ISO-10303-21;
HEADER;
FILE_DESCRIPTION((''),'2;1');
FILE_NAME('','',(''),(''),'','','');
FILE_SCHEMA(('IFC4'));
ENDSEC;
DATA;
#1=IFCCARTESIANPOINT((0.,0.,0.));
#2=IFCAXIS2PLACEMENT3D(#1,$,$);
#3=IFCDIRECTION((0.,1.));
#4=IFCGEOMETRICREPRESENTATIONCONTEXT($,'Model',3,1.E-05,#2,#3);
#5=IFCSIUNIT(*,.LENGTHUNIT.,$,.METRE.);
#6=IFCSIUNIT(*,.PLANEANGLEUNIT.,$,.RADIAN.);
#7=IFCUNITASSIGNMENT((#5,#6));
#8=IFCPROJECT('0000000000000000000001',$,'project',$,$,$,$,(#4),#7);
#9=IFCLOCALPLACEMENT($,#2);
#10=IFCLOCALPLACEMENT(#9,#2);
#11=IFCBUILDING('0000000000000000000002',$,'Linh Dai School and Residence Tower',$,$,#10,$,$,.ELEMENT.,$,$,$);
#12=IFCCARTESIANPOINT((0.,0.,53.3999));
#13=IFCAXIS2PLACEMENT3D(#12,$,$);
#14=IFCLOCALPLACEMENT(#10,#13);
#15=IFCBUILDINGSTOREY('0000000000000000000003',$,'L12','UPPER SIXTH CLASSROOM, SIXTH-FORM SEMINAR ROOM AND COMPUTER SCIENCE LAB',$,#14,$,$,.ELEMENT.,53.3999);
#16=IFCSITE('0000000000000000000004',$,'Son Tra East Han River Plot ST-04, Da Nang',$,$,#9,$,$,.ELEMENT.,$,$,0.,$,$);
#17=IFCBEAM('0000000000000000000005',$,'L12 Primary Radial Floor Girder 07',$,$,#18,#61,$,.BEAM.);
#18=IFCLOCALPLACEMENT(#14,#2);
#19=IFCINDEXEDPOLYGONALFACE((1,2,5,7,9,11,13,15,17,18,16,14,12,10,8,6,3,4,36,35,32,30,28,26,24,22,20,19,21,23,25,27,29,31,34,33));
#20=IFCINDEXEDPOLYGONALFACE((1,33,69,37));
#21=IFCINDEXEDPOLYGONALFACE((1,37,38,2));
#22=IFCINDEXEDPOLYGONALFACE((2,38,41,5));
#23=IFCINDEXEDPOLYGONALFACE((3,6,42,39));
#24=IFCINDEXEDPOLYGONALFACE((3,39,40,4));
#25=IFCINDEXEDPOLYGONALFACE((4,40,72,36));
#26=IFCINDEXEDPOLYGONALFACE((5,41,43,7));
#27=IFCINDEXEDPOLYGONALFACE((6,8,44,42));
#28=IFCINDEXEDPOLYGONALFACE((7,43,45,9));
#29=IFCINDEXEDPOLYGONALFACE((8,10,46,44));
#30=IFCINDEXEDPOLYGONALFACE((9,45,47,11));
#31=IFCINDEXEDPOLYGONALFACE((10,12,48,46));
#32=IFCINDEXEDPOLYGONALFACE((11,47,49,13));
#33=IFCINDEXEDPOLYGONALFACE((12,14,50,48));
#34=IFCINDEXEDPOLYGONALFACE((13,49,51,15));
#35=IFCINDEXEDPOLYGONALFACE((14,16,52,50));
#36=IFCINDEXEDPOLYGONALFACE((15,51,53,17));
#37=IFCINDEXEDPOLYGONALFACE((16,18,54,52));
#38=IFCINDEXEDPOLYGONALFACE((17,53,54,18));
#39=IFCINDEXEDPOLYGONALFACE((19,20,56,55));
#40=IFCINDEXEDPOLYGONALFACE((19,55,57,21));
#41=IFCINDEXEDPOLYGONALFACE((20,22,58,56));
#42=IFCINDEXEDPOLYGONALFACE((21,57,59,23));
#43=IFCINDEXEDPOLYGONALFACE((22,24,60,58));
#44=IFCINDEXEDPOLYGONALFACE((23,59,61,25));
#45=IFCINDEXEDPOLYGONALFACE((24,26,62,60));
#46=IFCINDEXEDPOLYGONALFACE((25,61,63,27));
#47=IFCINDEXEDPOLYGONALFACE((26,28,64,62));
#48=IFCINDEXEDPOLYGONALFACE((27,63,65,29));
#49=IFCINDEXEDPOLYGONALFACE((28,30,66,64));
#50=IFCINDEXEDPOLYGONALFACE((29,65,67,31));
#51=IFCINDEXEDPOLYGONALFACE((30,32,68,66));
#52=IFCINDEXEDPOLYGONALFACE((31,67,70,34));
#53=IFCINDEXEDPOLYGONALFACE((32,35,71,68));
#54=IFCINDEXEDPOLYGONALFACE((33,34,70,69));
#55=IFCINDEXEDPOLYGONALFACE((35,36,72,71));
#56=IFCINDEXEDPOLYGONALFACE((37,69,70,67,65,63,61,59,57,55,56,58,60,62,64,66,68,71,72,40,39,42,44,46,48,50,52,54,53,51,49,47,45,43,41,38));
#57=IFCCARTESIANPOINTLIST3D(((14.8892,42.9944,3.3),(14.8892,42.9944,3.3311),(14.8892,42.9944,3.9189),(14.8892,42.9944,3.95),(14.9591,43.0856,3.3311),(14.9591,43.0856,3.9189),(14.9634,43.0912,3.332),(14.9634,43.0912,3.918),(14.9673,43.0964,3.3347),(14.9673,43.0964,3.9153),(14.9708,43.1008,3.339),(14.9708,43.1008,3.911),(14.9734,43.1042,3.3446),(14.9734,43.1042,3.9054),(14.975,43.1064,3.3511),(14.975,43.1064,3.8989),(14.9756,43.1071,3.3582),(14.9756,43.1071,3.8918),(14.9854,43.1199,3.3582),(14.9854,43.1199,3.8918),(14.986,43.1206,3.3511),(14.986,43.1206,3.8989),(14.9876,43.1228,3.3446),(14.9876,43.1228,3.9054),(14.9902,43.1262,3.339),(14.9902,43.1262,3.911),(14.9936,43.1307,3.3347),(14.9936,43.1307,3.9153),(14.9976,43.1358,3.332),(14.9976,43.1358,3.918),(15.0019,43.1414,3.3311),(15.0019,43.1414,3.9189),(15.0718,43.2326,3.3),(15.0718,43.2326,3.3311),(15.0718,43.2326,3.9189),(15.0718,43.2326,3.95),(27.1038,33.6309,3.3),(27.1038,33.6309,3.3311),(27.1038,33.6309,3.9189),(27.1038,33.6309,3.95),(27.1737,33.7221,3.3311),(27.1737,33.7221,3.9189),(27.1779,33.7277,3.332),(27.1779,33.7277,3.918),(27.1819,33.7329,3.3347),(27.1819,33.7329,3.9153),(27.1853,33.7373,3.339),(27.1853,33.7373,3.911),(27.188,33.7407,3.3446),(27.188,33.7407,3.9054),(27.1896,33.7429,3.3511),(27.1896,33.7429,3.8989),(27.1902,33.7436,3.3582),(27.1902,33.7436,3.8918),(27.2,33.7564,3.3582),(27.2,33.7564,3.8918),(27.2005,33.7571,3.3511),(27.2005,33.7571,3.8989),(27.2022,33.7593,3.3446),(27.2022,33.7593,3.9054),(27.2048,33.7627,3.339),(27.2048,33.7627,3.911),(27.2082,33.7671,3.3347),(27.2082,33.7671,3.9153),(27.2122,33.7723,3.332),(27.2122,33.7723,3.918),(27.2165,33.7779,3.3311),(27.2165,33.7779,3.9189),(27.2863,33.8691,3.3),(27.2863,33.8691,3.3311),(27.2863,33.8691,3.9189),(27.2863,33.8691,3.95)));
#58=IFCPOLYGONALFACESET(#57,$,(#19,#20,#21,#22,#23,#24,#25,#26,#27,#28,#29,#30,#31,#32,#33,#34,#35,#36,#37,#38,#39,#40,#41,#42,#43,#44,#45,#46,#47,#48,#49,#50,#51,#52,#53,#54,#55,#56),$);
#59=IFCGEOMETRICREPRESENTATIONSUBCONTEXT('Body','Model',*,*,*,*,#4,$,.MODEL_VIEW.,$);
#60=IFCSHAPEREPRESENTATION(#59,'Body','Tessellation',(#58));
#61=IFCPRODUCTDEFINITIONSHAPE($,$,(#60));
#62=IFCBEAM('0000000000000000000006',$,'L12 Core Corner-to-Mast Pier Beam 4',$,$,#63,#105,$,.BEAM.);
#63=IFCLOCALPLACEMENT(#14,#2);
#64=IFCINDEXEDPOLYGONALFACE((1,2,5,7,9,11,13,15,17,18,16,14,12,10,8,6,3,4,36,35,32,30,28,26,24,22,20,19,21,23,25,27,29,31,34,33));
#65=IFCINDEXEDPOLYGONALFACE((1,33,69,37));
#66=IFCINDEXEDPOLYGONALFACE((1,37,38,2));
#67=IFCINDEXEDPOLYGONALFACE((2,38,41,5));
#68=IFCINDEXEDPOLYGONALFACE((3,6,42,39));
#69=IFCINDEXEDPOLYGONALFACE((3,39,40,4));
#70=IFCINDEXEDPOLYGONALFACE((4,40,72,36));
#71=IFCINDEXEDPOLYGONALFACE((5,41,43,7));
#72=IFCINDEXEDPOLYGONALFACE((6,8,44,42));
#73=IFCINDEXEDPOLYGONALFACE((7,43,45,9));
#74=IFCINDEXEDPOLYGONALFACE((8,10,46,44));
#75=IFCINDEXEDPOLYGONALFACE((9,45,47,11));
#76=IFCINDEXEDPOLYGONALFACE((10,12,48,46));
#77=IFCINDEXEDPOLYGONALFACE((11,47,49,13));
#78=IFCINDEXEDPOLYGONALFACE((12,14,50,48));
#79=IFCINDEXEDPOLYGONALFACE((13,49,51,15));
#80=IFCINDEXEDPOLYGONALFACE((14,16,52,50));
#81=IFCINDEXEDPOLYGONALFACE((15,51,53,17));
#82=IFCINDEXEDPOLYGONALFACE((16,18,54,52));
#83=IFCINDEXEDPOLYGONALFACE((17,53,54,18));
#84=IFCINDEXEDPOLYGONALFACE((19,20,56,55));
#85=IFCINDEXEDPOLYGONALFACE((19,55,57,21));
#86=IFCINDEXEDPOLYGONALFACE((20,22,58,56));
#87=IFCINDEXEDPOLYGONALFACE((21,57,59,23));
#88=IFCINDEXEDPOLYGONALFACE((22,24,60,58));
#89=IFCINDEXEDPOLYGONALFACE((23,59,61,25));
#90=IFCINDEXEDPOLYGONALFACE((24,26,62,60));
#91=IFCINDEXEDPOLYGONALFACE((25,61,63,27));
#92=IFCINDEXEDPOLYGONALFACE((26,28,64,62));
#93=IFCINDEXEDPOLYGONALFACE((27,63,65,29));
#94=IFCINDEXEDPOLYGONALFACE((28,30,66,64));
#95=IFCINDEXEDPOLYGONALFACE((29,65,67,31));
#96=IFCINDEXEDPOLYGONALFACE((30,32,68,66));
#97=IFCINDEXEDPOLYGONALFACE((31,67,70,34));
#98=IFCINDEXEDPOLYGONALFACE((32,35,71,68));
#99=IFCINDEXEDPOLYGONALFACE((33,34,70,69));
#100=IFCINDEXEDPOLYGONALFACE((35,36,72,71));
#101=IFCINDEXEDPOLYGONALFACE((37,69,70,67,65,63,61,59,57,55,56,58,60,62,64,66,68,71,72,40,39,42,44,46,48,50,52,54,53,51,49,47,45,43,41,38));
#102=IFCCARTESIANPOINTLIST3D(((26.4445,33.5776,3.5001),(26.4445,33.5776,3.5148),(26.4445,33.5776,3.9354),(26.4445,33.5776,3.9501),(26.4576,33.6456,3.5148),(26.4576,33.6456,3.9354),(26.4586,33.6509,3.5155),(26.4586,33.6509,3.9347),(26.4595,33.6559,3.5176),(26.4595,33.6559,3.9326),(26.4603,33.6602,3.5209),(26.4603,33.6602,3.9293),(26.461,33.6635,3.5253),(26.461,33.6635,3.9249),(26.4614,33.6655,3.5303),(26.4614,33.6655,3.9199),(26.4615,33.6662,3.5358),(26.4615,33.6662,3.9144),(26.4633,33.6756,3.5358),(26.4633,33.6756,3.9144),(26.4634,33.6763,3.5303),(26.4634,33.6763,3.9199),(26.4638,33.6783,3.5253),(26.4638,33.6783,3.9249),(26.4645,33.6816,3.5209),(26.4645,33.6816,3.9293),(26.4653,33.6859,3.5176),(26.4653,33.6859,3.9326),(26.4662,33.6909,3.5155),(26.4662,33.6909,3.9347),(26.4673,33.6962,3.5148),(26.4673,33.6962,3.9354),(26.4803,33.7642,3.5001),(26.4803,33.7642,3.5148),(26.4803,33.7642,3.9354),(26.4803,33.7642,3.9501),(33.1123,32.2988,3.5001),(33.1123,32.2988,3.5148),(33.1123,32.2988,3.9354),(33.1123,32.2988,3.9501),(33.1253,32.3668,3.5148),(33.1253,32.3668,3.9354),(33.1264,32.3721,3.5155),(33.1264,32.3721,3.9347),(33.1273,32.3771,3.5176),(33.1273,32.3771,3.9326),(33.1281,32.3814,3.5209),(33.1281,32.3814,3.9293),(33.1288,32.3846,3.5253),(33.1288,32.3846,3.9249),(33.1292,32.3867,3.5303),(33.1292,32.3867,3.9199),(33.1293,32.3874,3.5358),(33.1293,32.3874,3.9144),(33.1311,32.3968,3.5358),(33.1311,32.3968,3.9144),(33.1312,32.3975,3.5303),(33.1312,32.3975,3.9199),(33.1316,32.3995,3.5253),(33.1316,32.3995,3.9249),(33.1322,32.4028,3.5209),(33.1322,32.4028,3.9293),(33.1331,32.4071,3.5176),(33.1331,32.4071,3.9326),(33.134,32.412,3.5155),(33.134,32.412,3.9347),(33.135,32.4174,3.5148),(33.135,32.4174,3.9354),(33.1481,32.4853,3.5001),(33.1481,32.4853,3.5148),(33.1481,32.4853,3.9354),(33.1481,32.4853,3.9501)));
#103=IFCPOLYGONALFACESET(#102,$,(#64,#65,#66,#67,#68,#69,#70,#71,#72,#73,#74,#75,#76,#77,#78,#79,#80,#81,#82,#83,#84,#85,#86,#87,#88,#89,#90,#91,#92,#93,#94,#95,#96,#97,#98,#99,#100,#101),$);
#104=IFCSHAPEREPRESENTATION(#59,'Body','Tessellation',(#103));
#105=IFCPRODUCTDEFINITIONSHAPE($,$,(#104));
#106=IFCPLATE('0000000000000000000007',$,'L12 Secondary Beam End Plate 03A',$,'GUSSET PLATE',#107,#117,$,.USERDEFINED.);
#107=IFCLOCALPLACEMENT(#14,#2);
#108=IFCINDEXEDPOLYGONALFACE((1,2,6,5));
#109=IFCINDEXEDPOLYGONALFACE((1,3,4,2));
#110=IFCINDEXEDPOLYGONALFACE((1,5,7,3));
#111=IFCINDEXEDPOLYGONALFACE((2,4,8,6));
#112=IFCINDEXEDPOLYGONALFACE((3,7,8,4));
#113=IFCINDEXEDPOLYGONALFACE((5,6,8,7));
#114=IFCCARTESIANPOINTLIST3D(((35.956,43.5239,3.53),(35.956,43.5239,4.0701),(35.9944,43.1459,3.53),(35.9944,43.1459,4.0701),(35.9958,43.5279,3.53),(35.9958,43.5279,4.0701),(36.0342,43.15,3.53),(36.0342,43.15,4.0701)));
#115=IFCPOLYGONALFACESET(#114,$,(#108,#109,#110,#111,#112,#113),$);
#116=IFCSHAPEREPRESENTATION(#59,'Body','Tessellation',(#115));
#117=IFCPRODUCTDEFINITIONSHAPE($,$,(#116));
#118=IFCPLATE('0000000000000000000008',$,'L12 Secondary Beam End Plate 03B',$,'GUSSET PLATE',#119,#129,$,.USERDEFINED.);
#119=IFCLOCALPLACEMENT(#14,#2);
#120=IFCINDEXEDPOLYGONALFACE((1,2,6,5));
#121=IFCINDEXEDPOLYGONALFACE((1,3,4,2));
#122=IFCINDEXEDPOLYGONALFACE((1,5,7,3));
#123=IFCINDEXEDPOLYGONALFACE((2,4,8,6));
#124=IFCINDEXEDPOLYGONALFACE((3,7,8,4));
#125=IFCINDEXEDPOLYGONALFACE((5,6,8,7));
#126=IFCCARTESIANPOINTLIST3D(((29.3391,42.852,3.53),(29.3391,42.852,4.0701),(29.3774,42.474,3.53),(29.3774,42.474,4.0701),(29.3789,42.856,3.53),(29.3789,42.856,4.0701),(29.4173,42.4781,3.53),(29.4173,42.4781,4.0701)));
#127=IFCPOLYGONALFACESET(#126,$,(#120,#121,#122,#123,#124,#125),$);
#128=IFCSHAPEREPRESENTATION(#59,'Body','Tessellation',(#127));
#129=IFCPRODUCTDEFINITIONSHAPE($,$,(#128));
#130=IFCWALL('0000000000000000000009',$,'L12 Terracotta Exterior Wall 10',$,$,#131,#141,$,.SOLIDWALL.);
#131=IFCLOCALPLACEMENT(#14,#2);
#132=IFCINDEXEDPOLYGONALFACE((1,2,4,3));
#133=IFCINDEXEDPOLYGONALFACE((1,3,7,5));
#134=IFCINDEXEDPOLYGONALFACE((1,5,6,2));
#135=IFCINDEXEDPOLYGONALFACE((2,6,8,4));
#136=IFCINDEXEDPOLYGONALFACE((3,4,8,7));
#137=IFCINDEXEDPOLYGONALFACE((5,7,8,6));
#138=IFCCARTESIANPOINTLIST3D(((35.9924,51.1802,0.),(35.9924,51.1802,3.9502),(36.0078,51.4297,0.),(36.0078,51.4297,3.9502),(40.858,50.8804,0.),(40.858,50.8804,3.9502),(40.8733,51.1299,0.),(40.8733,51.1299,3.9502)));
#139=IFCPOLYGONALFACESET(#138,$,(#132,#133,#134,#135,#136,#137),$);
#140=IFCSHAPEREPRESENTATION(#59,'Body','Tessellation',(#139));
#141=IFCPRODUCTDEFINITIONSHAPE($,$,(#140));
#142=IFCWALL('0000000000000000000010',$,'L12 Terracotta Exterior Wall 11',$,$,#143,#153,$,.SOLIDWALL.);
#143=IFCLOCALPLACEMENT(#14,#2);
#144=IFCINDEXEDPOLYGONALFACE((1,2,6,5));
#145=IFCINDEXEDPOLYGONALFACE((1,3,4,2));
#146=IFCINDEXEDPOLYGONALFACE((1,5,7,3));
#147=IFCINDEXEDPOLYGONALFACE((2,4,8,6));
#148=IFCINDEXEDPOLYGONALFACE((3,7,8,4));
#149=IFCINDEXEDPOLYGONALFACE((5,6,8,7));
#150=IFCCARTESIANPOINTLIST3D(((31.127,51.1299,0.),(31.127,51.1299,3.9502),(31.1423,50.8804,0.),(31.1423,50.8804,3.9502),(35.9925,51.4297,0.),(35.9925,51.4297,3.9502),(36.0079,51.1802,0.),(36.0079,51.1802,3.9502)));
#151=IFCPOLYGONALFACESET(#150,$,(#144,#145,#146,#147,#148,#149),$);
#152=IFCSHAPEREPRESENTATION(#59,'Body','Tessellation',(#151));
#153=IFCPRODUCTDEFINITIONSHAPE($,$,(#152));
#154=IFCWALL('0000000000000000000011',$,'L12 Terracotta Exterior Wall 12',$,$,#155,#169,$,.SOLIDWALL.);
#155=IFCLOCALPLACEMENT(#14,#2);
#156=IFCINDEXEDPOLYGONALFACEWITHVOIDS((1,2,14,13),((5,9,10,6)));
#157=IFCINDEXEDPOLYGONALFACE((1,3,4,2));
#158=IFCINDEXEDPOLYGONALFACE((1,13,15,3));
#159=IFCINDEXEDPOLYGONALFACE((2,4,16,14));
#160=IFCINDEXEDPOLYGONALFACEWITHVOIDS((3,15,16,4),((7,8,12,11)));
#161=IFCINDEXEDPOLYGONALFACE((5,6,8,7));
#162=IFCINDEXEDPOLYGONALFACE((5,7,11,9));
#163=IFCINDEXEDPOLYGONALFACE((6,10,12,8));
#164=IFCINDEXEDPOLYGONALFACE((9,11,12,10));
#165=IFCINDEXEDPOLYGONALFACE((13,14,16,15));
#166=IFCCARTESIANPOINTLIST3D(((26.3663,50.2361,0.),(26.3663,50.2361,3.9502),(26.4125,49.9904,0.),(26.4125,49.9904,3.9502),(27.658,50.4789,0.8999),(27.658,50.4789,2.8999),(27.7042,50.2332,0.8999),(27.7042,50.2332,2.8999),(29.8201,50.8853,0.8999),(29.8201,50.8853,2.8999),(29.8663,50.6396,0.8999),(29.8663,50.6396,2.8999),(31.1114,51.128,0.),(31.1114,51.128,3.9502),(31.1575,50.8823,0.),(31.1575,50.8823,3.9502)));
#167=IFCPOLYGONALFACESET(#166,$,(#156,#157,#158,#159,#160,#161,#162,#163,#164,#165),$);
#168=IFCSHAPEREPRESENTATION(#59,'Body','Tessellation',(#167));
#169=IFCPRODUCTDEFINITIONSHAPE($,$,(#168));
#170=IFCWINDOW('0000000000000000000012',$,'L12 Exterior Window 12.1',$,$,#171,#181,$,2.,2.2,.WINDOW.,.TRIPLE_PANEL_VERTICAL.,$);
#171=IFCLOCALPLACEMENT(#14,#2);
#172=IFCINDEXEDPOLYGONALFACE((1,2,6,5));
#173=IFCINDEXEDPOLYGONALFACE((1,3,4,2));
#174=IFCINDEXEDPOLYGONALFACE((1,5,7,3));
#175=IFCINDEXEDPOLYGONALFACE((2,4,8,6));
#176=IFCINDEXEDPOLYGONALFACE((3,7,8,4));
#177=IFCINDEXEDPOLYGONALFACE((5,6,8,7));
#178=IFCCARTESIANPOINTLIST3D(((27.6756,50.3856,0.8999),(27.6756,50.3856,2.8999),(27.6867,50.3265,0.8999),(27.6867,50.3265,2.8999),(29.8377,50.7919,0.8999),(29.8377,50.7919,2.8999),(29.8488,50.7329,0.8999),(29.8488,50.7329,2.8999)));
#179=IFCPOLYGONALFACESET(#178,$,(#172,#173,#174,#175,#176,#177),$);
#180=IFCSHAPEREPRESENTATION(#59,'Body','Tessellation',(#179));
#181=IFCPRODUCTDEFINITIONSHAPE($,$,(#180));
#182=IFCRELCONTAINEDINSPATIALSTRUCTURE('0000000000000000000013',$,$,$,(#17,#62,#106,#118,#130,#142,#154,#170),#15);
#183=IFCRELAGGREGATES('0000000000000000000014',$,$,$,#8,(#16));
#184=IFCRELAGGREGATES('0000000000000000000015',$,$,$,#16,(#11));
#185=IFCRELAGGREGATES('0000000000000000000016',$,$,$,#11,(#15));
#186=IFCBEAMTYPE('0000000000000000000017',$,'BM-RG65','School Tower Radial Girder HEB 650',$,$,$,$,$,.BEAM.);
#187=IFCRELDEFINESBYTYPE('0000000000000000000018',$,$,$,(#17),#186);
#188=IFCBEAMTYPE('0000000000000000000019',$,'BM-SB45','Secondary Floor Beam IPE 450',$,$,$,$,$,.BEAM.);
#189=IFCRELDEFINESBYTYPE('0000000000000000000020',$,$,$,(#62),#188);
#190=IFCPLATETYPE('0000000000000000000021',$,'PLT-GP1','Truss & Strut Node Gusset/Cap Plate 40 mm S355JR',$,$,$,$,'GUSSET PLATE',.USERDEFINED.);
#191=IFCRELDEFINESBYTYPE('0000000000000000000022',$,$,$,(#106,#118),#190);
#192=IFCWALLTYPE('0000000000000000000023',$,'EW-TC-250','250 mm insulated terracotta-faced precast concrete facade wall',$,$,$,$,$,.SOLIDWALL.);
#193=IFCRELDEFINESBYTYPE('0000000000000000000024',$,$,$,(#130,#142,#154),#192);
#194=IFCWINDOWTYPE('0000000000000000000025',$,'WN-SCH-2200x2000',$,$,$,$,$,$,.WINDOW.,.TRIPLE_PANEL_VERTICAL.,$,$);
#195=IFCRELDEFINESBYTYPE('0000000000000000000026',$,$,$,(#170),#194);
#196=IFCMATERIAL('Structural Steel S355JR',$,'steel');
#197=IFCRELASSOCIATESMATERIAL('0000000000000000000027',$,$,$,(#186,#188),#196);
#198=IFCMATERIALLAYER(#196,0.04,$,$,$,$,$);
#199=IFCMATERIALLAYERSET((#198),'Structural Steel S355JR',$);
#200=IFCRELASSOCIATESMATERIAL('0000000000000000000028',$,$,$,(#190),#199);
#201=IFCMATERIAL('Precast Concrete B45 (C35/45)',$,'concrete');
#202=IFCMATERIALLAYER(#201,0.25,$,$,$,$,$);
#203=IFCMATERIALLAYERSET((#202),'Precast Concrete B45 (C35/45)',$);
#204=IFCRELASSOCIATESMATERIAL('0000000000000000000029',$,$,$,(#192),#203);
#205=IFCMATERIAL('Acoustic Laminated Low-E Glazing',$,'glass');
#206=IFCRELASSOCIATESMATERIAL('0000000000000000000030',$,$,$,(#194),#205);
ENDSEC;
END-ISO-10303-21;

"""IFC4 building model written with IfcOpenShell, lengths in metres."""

from ifc_helpers import new_model, si_unit, direction, frame, frame_2d, origin, origin_2d, place, context, subcontext, project, spatial, rectangle, i_section, extrude, source, transform, mapped, material, layer, layer_set, material_profile, profile_set, type_object, element, fill, save


model = new_model("IFC4")

# Units and contexts
model_context = context("Model", 3, precision=1e-05, world=origin(), true_north=direction((0.0, 1.0)))
body_context = subcontext(model_context, "Body", "Model", "MODEL_VIEW")
ifc_project = project(units=[si_unit("LENGTHUNIT", "METRE"), si_unit("PLANEANGLEUNIT", "RADIAN")], contexts=[model_context])

# Site, building, storey
site_placement = place(None, origin())
site = spatial("IfcSite", under=ifc_project, at=site_placement, Name="Son Tra East Han River Plot ST-04, Da Nang", CompositionType="ELEMENT", RefElevation=0.0)
building_placement = place(site_placement, origin())
building = spatial("IfcBuilding", under=site, at=building_placement, Name="Linh Dai School and Residence Tower", CompositionType="ELEMENT")
storey_placement = place(building_placement, frame((0.0, 0.0, 53.3999)))
storey = spatial("IfcBuildingStorey", under=building, at=storey_placement, Name="L12", Description="UPPER SIXTH CLASSROOM, SIXTH-FORM SEMINAR ROOM AND COMPUTER SCIENCE LAB", CompositionType="ELEMENT", Elevation=53.3999)

# Shared definitions
ifc_material_1 = material(Name="Structural Steel S355JR", Category="steel")

# Beams
ifc_material_profile_1 = material_profile(ifc_material_1, i_section(OverallWidth=0.3, OverallDepth=0.6499, WebThickness=0.0161, FlangeThickness=0.031, FilletRadius=0.0271, at=origin_2d()), Name="HEB 650")
ifc_profile_set_1 = profile_set([ifc_material_profile_1], Name="Structural Steel S355JR")
beam_type_1 = type_object("IfcBeamType", Name="BM-RG65", Description="School Tower Radial Girder HEB 650", PredefinedType="BEAM", material=ifc_profile_set_1)
beam_1_placement = place(storey_placement, frame((27.1951, 33.75, 3.625), z_axis=(-0.793638, 0.608391, 0.0), x_axis=(-0.608391, -0.793638, 0.0)))
element("IfcBeam", 1, at=beam_1_placement, inside=storey, type_object=beam_type_1, Name="L12 Primary Radial Floor Girder 07", PredefinedType="BEAM", context=body_context, shape_type="SweptSolid", body=[
    extrude(i_section(OverallWidth=0.3, OverallDepth=0.6499, WebThickness=0.0161, FlangeThickness=0.031, FilletRadius=0.0271, at=origin_2d()), origin(), (0.0, 0.0, 1.0), 15.3906),
])
ifc_material_profile_2 = material_profile(ifc_material_1, i_section(OverallWidth=0.1899, OverallDepth=0.45, WebThickness=0.0095, FlangeThickness=0.0146, FilletRadius=0.021, at=origin_2d()), Name="IPE 450")
ifc_profile_set_2 = profile_set([ifc_material_profile_2], Name="Structural Steel S355JR")
beam_type_2 = type_object("IfcBeamType", Name="BM-SB45", Description="Secondary Floor Beam IPE 450", PredefinedType="BEAM", material=ifc_profile_set_2)
beam_2_placement = place(storey_placement, frame((26.4624, 33.6709, 3.7251), z_axis=(0.9821, -0.188358, 0.0), x_axis=(0.188358, 0.9821, 0.0)))
element("IfcBeam", 2, at=beam_2_placement, inside=storey, type_object=beam_type_2, Name="L12 Core Corner-to-Mast Pier Beam 4", PredefinedType="BEAM", context=body_context, shape_type="SweptSolid", body=[
    extrude(i_section(OverallWidth=0.1899, OverallDepth=0.45, WebThickness=0.0095, FlangeThickness=0.0146, FilletRadius=0.021, at=origin_2d()), origin(), (0.0, 0.0, 1.0), 6.7893),
])

# Plates
ifc_layer_1 = layer(ifc_material_1, 0.04)
ifc_layer_set_1 = layer_set([ifc_layer_1], Name="Structural Steel S355JR")
plate_type = type_object("IfcPlateType", Name="PLT-GP1", Description="Truss & Strut Node Gusset/Cap Plate 40 mm S355JR", ElementType="GUSSET PLATE", PredefinedType="USERDEFINED", material=ifc_layer_set_1)
shared_shape_1 = source(origin(), body_context, "Body", "SweptSolid", [
    extrude(rectangle(XDim=0.04, YDim=0.3799, at=origin_2d()), origin(), (0.0, 0.0, 1.0), 0.54),
])
for number, where, z_axis, x_axis, name in (
    (3, (35.9951, 43.3369, 3.53), (0.0, 0.0, 1.0), (-0.994884, -0.101023, 0.0), "L12 Secondary Beam End Plate 03A"),
    (4, (29.3782, 42.665, 3.53), (0.0, 0.0, 1.0), (-0.994884, -0.101023, 0.0), "L12 Secondary Beam End Plate 03B"),
):
    element("IfcPlate", number, at=place(storey_placement, frame(where, z_axis=z_axis, x_axis=x_axis)), inside=storey, type_object=plate_type, Name=name, ObjectType="GUSSET PLATE", PredefinedType="USERDEFINED", context=body_context, shape_type="MappedRepresentation", body=[
        mapped(shared_shape_1, transform((0.0, 0.0, 0.0), x_axis=(1.0, 0.0, 0.0), y_axis=(0.0, 1.0, 0.0), z_axis=(0.0, 0.0, 1.0), scale=1.0)),
    ])

# Walls
ifc_material_2 = material(Name="Precast Concrete B45 (C35/45)", Category="concrete")
ifc_layer_2 = layer(ifc_material_2, 0.25)
ifc_layer_set_2 = layer_set([ifc_layer_2], Name="Precast Concrete B45 (C35/45)")
wall_type_1 = type_object("IfcWallType", Name="EW-TC-250", Description="250 mm insulated terracotta-faced precast concrete facade wall", PredefinedType="SOLIDWALL", material=ifc_layer_set_2)
for number, where, z_axis, x_axis, name in (
    (5, (36.0, 51.3049, 0.0), (0.0, 0.0, 1.0), (0.998107, -0.061502, 0.0), "L12 Terracotta Exterior Wall 10"),
    (6, (31.1345, 51.0051, 0.0), (0.0, 0.0, 1.0), (0.998107, 0.061502, 0.0), "L12 Terracotta Exterior Wall 11"),
):
    element("IfcWall", number, at=place(storey_placement, frame(where, z_axis=z_axis, x_axis=x_axis)), inside=storey, type_object=wall_type_1, Name=name, PredefinedType="SOLIDWALL", context=body_context, shape_type="SweptSolid", body=[
        extrude(rectangle(XDim=4.8748, YDim=0.25, at=frame_2d((2.4375, 0.0))), origin(), (0.0, 0.0, 1.0), 3.9502),
    ])

# Wall, opening, window
wall_1_placement = place(storey_placement, frame((26.3894, 50.1133, 0.0), z_axis=(0.0, 0.0, 1.0), x_axis=(0.982792, 0.184716, 0.0)))
wall_1 = element("IfcWall", 7, at=wall_1_placement, inside=storey, type_object=wall_type_1, Name="L12 Terracotta Exterior Wall 12", PredefinedType="SOLIDWALL", context=body_context, shape_type="SweptSolid", body=[
    extrude(rectangle(XDim=4.8281, YDim=0.25, at=frame_2d((2.4141, 0.0))), origin(), (0.0, 0.0, 1.0), 3.9502),
])
opening_1_placement = place(wall_1_placement, frame((1.3142, 0.0, 0.8999)))
opening_1 = element("IfcOpeningElement", 8, at=opening_1_placement, cuts=wall_1, PredefinedType="OPENING", context=body_context, shape_type="SweptSolid", body=[
    extrude(rectangle(XDim=2.2, YDim=2.0, at=origin_2d()), frame((1.1001, 0.135, 1.0), z_axis=(0.0, -1.0, 0.0), x_axis=(1.0, 0.0, 0.0)), (0.0, 0.0, 1.0), 0.27),
])
ifc_material_3 = material(Name="Acoustic Laminated Low-E Glazing", Category="glass")
window_type = type_object("IfcWindowType", Name="WN-SCH-2200x2000", PartitioningType="TRIPLE_PANEL_VERTICAL", PredefinedType="WINDOW", material=ifc_material_3)
shared_shape_2 = source(origin(), body_context, "Body", "SweptSolid", [
    extrude(rectangle(XDim=2.2, YDim=2.0, at=origin_2d()), frame((1.1001, 0.03, 1.0), z_axis=(0.0, -1.0, 0.0), x_axis=(1.0, 0.0, 0.0)), (0.0, 0.0, 1.0), 0.0601),
])
window_placement = place(opening_1_placement, origin())
window = element("IfcWindow", 9, at=window_placement, inside=storey, type_object=window_type, Name="L12 Exterior Window 12.1", OverallHeight=2.0, OverallWidth=2.2, PartitioningType="TRIPLE_PANEL_VERTICAL", PredefinedType="WINDOW", context=body_context, shape_type="MappedRepresentation", body=[
    mapped(shared_shape_2, transform((0.0, 0.0, 0.0), x_axis=(1.0, 0.0, 0.0), y_axis=(0.0, 1.0, 0.0), z_axis=(0.0, 0.0, 1.0), scale=1.0)),
])
fill(opening_1, window)

save(model, "model.ifc")
